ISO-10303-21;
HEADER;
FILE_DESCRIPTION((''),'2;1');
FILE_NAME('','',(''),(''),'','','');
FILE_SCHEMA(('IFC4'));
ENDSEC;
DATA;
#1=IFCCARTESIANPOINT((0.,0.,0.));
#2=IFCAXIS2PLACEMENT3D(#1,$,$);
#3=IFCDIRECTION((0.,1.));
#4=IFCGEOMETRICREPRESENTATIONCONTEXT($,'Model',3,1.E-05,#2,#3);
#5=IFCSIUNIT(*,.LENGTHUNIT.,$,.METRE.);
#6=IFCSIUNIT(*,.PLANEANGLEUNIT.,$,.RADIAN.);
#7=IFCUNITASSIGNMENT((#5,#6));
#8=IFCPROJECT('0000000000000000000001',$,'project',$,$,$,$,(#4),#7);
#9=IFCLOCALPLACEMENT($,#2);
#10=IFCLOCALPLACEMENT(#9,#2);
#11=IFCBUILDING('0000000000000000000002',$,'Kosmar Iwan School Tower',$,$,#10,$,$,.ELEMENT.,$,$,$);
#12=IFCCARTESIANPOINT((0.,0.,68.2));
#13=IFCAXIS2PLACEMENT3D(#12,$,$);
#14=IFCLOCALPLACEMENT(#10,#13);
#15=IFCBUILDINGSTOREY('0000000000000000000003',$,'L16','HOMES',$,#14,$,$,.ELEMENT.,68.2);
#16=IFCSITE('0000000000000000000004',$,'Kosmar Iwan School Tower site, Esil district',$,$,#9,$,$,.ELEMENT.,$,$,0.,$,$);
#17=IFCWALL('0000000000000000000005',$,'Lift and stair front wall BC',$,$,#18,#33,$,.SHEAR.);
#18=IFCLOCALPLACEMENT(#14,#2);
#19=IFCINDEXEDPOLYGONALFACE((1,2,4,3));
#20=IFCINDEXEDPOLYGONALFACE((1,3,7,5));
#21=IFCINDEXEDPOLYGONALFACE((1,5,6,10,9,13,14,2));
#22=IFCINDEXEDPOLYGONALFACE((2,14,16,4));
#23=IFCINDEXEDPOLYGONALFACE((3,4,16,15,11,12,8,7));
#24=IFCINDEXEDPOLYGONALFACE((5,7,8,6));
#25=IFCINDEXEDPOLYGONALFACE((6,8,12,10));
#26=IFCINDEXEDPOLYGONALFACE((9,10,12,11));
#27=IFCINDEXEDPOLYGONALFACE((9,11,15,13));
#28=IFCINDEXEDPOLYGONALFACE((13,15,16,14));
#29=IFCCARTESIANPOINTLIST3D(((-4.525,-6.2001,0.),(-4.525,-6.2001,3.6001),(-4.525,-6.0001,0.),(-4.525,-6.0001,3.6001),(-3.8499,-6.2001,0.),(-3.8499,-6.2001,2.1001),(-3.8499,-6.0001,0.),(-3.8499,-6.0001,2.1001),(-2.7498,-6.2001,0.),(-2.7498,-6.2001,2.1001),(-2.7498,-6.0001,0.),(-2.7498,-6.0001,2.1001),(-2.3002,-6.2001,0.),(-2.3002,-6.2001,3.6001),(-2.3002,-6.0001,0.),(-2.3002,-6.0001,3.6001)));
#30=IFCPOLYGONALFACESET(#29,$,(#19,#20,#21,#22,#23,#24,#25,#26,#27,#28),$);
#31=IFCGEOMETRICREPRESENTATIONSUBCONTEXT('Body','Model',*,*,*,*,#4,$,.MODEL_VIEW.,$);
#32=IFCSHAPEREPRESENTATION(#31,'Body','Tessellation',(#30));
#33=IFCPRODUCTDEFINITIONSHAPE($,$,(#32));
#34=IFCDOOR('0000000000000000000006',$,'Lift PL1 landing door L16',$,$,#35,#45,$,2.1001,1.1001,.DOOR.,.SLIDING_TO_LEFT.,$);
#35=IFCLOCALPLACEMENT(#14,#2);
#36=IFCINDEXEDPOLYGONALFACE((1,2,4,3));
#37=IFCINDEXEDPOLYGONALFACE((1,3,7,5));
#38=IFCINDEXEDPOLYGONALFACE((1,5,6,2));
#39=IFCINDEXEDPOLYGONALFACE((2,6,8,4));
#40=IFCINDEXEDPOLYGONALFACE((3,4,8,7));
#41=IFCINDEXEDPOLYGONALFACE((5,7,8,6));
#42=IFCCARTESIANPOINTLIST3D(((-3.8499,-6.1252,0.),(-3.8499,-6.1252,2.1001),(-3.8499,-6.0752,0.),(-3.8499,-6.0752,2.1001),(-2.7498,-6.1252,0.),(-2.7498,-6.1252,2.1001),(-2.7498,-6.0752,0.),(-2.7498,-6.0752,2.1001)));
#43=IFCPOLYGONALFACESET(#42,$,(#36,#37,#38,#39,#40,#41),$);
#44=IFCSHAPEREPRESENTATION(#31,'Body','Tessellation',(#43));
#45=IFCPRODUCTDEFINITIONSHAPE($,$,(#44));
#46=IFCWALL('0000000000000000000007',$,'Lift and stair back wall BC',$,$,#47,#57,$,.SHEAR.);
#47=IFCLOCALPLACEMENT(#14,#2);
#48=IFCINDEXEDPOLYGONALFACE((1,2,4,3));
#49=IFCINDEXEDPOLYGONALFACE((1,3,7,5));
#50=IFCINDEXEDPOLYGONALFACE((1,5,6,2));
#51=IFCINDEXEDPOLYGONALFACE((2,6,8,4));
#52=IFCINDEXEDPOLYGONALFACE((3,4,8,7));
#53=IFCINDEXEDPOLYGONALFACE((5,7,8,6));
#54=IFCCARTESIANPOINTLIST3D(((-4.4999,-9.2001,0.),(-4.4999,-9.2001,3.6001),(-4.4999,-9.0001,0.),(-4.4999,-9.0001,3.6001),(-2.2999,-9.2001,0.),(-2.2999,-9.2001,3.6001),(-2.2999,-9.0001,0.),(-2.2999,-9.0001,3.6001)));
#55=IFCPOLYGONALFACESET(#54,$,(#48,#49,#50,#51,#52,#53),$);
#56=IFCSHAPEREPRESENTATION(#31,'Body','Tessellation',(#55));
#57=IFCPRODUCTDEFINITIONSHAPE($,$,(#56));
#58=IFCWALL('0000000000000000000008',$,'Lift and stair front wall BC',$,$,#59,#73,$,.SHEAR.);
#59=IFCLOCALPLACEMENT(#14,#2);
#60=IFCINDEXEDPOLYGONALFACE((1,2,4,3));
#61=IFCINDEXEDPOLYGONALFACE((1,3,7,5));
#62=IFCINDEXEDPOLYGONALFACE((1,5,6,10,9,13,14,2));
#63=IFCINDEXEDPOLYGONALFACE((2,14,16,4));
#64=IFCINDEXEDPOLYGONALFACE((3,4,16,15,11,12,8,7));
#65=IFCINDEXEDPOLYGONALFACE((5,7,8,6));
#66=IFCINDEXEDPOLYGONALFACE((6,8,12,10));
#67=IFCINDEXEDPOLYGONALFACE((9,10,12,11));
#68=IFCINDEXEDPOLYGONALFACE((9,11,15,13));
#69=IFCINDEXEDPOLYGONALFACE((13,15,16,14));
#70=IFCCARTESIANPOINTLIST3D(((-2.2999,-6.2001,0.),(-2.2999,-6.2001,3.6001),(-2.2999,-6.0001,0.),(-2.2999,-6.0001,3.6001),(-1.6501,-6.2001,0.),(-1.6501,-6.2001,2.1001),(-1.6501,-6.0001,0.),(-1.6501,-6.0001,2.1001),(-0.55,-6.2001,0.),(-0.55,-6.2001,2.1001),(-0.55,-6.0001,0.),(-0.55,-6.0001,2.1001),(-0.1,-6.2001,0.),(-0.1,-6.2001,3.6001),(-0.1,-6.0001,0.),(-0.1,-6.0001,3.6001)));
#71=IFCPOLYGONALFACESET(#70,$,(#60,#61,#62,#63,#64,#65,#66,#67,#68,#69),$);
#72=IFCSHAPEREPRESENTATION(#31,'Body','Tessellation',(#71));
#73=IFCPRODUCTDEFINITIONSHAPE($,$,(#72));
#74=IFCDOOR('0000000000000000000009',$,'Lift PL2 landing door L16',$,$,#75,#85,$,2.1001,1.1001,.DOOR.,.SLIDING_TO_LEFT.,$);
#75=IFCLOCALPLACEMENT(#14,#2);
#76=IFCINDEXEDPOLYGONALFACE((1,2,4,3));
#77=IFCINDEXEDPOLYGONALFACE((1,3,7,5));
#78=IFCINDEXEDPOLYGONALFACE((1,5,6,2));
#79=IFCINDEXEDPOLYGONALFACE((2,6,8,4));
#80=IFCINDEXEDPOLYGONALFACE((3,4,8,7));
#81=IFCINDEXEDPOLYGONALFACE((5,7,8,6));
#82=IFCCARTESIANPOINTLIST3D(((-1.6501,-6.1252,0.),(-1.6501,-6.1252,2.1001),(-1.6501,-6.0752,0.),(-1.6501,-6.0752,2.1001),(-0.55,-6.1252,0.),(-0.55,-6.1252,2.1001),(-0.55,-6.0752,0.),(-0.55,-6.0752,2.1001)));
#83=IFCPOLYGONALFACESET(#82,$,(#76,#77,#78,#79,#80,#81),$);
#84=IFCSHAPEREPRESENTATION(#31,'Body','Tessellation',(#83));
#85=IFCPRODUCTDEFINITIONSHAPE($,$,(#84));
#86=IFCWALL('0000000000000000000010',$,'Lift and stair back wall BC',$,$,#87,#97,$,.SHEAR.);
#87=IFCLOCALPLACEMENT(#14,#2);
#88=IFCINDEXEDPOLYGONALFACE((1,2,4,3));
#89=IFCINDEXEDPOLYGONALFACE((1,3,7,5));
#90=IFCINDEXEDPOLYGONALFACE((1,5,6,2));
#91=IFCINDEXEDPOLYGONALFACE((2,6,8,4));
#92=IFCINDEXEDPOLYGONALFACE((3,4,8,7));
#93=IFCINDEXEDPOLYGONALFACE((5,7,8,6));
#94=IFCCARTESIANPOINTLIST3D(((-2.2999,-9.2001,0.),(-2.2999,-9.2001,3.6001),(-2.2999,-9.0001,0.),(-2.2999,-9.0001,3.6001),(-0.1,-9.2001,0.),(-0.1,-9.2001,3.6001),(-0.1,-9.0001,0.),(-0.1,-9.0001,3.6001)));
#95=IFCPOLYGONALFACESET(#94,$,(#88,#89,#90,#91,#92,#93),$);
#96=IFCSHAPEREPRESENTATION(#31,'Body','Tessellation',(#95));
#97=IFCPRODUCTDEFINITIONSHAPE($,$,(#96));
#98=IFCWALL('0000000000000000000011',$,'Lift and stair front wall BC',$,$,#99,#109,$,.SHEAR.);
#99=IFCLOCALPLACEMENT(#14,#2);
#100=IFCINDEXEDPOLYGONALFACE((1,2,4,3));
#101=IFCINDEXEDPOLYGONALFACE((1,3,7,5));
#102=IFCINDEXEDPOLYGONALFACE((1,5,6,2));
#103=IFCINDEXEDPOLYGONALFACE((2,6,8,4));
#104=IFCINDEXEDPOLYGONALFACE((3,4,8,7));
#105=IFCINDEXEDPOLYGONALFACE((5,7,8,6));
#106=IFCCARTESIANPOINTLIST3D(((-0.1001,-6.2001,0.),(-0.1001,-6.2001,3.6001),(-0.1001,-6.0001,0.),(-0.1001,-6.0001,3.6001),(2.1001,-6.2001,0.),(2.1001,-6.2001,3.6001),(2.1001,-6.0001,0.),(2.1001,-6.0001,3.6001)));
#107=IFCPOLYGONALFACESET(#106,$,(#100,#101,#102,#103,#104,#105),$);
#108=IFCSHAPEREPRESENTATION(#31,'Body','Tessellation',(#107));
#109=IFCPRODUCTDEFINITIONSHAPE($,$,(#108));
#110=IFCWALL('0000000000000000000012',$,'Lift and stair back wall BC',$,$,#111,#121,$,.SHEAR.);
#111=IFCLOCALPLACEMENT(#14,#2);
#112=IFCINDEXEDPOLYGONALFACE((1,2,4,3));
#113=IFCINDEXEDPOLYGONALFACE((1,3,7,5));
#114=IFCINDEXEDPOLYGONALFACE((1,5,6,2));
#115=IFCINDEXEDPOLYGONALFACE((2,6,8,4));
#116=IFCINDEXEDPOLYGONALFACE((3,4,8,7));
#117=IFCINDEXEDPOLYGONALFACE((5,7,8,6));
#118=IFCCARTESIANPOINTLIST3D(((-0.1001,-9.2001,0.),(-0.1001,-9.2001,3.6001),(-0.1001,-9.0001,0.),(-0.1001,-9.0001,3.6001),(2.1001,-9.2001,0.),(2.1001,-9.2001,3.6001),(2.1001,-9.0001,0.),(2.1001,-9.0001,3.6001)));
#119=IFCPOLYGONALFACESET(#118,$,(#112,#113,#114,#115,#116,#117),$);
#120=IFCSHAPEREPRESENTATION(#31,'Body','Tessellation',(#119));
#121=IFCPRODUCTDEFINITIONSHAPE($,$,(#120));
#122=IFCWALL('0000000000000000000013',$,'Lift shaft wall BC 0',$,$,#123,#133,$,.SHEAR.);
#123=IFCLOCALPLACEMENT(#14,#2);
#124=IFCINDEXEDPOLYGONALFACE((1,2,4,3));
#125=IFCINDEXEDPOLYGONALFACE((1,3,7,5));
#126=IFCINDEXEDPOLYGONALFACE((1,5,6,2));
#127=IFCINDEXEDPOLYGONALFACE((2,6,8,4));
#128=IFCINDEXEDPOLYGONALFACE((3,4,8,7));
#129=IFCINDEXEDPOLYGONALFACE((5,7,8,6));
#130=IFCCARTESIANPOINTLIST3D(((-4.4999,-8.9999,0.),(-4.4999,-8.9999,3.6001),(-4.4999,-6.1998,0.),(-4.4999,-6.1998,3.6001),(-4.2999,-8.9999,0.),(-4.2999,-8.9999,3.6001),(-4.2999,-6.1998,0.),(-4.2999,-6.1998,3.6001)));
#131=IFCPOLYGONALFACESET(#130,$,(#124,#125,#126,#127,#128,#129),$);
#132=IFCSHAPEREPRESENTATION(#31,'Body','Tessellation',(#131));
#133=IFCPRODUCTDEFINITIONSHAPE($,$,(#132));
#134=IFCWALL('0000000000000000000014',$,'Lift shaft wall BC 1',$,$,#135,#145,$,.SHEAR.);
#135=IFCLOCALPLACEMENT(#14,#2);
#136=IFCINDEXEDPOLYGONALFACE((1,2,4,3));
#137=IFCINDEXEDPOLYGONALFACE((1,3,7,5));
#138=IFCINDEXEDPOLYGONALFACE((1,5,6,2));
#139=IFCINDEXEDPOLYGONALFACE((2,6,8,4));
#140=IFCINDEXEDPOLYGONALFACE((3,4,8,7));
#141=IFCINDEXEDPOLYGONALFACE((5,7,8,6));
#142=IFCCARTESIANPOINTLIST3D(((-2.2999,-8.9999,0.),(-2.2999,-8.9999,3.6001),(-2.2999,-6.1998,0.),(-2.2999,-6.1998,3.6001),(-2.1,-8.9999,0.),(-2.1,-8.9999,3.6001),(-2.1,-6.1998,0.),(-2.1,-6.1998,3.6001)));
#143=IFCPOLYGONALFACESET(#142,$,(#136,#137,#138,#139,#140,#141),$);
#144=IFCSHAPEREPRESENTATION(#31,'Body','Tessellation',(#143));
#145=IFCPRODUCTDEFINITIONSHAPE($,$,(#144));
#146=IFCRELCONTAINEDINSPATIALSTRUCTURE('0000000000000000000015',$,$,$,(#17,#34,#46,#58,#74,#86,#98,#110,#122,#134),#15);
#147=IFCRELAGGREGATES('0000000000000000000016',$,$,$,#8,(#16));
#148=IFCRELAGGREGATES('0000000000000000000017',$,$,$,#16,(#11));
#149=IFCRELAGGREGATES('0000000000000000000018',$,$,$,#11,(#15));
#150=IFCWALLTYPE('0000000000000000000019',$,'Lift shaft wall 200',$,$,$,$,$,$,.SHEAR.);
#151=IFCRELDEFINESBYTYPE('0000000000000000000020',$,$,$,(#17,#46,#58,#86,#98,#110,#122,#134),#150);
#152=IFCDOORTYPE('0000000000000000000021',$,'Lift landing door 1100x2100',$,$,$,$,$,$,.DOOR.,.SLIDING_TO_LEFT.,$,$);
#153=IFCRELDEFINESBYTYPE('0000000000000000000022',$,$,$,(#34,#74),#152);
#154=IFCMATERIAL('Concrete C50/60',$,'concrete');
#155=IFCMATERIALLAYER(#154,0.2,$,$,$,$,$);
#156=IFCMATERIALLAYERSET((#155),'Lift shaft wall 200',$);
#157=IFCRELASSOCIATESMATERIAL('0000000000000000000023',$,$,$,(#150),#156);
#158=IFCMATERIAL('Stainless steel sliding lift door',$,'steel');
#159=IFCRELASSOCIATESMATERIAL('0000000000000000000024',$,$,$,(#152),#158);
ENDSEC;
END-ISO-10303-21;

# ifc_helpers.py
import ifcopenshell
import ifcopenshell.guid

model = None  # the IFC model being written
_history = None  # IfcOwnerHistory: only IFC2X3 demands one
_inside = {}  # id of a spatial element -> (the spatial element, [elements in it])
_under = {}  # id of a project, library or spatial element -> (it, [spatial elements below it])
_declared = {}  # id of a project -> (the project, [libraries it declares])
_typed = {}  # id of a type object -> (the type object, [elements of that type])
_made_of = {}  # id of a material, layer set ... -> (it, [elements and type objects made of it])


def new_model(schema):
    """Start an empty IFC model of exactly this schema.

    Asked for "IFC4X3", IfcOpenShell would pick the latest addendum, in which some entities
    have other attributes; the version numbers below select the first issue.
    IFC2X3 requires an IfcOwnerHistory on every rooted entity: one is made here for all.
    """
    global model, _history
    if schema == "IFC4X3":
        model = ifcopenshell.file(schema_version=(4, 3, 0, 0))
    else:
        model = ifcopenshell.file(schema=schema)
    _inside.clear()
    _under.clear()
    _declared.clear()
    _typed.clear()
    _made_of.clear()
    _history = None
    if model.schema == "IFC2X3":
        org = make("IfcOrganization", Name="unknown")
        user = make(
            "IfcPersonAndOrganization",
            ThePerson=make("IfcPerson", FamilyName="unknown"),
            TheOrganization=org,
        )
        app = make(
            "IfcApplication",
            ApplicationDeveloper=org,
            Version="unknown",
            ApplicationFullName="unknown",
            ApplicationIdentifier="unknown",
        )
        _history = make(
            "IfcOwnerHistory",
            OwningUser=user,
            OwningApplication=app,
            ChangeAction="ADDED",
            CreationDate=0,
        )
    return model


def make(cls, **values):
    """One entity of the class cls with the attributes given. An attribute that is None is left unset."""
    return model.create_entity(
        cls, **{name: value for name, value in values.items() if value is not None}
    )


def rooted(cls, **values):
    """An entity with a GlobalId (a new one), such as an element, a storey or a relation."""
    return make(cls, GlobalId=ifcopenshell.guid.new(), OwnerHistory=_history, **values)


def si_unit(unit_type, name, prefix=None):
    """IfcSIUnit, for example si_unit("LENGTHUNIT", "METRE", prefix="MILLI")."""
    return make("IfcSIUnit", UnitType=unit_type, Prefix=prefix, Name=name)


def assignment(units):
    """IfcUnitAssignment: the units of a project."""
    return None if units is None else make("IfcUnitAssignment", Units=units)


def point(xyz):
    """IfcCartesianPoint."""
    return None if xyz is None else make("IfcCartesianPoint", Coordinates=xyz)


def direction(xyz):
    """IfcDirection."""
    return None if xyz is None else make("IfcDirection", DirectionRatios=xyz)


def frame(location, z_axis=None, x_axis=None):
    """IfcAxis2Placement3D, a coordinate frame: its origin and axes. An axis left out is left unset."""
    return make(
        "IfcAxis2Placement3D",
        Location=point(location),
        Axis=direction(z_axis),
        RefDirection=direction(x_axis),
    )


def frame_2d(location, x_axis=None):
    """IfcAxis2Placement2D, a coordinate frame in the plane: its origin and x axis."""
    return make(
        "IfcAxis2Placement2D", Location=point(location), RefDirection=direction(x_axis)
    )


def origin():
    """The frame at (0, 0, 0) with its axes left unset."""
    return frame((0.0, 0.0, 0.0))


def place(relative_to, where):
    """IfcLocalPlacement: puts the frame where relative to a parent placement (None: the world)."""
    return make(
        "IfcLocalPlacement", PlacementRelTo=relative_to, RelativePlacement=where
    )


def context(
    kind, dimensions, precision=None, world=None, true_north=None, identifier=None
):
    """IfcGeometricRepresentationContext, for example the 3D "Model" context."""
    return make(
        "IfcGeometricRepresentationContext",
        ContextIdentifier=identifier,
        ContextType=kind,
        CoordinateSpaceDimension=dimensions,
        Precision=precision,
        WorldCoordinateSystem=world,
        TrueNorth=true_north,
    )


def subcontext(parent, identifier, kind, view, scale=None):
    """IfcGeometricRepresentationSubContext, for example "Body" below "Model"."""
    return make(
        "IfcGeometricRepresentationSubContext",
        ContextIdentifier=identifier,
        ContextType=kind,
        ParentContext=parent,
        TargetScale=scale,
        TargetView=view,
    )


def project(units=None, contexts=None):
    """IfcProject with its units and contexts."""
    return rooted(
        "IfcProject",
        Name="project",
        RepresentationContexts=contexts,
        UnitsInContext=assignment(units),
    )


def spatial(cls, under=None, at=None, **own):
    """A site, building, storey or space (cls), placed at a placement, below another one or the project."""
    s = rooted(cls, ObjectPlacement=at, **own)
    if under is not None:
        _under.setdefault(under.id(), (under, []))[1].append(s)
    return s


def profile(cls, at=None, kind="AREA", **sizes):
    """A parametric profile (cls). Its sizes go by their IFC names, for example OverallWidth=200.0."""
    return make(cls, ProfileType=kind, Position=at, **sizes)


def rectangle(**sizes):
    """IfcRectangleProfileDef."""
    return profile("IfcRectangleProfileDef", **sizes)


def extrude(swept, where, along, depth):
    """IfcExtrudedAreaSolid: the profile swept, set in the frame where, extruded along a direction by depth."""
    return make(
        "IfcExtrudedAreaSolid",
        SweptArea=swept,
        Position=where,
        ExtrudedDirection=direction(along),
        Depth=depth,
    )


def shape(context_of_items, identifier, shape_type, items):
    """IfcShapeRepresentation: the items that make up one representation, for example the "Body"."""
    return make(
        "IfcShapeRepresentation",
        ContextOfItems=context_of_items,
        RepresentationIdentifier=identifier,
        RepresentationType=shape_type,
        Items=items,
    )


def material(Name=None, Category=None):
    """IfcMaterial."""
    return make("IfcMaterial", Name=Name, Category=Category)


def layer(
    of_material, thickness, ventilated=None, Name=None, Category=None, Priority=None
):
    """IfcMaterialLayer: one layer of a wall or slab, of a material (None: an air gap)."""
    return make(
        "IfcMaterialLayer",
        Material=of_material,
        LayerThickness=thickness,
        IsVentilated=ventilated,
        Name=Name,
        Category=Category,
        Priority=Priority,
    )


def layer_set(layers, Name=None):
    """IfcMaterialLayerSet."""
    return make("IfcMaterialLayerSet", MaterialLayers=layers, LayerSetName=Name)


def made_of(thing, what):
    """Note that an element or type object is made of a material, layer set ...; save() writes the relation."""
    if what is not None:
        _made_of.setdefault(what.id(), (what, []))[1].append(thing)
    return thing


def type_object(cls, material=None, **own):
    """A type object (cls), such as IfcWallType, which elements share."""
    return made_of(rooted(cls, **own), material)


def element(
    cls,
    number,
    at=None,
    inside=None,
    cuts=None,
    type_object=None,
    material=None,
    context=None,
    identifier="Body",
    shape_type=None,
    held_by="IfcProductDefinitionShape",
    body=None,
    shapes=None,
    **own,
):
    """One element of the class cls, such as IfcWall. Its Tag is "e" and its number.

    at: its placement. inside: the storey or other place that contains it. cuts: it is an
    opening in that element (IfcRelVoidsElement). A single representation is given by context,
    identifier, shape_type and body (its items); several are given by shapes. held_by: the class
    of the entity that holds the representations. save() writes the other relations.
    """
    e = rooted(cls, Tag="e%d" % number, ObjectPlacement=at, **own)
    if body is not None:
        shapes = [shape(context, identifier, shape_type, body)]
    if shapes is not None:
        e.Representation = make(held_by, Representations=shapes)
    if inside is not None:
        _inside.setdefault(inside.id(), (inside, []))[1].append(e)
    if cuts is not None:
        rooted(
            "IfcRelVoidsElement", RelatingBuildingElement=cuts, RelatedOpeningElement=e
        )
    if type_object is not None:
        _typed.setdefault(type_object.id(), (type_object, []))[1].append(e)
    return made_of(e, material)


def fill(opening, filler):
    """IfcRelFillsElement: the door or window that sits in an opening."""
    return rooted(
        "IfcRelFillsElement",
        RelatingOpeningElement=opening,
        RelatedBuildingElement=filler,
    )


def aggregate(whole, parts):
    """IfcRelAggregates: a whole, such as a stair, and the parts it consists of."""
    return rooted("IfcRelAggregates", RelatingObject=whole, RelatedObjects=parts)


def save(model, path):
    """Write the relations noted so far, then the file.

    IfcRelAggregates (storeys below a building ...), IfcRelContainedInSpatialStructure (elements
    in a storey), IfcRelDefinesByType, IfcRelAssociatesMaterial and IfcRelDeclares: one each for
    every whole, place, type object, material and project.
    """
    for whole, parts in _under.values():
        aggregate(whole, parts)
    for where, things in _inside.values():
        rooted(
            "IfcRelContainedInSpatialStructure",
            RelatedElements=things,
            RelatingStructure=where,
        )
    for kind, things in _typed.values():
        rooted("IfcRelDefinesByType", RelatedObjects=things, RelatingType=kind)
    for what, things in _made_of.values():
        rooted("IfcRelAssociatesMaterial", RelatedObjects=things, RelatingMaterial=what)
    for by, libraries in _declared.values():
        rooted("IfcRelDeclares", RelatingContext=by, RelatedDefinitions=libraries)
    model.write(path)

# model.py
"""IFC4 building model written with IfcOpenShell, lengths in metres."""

from ifc_helpers import new_model, si_unit, direction, frame, frame_2d, origin, place, context, subcontext, project, spatial, rectangle, extrude, material, layer, layer_set, type_object, element, fill, save


model = new_model("IFC4")

# Units and contexts
model_context = context("Model", 3, precision=1e-05, world=origin(), true_north=direction((0.0, 1.0)))
body_context = subcontext(model_context, "Body", "Model", "MODEL_VIEW")
ifc_project = project(units=[si_unit("LENGTHUNIT", "METRE"), si_unit("PLANEANGLEUNIT", "RADIAN")], contexts=[model_context])

# Site, building, storey
site_placement = place(None, origin())
site = spatial("IfcSite", under=ifc_project, at=site_placement, Name="Kosmar Iwan School Tower site, Esil district", CompositionType="ELEMENT", RefElevation=0.0)
building_placement = place(site_placement, origin())
building = spatial("IfcBuilding", under=site, at=building_placement, Name="Kosmar Iwan School Tower", CompositionType="ELEMENT")
storey_placement = place(building_placement, frame((0.0, 0.0, 68.2)))
storey = spatial("IfcBuildingStorey", under=building, at=storey_placement, Name="L16", Description="HOMES", CompositionType="ELEMENT", Elevation=68.2)

# Wall, opening, door
ifc_material_1 = material(Name="Concrete C50/60", Category="concrete")
ifc_layer_1 = layer(ifc_material_1, 0.2)
ifc_layer_set_1 = layer_set([ifc_layer_1], Name="Lift shaft wall 200")
wall_type_1 = type_object("IfcWallType", Name="Lift shaft wall 200", PredefinedType="SHEAR", material=ifc_layer_set_1)
wall_1_placement = place(storey_placement, frame((-4.5249, -6.1001, 0.0), z_axis=(0.0, 0.0, 1.0), x_axis=(1.0, 0.0, 0.0)))
wall_1 = element("IfcWall", 1, at=wall_1_placement, inside=storey, type_object=wall_type_1, Name="Lift and stair front wall BC", PredefinedType="SHEAR", context=body_context, shape_type="SweptSolid", body=[
    extrude(rectangle(XDim=2.2249, YDim=0.2, at=frame_2d((1.1123, 0.0))), origin(), (0.0, 0.0, 1.0), 3.6001),
])
opening_1_placement = place(wall_1_placement, frame((0.675, 0.0, 0.0)))
opening_1 = element("IfcOpeningElement", 2, at=opening_1_placement, cuts=wall_1, PredefinedType="OPENING", context=body_context, shape_type="SweptSolid", body=[
    extrude(rectangle(XDim=1.1001, YDim=2.1001, at=frame_2d((0.55, 1.05))), frame((0.0, 0.1121, 0.0), z_axis=(0.0, -1.0, 0.0), x_axis=(1.0, 0.0, 0.0)), (0.0, 0.0, 1.0), 0.2239),
])
ifc_material_2 = material(Name="Stainless steel sliding lift door", Category="steel")
door_type_1 = type_object("IfcDoorType", Name="Lift landing door 1100x2100", OperationType="SLIDING_TO_LEFT", PredefinedType="DOOR", material=ifc_material_2)
door_1_placement = place(opening_1_placement, origin())
door_1 = element("IfcDoor", 3, at=door_1_placement, inside=storey, type_object=door_type_1, Name="Lift PL1 landing door L16", OperationType="SLIDING_TO_LEFT", OverallHeight=2.1001, OverallWidth=1.1001, PredefinedType="DOOR", context=body_context, shape_type="SweptSolid", body=[
    extrude(rectangle(XDim=1.1001, YDim=2.1001, at=frame_2d((0.55, 1.05))), frame((0.0, 0.0249, 0.0), z_axis=(0.0, -1.0, 0.0), x_axis=(1.0, 0.0, 0.0)), (0.0, 0.0, 1.0), 0.05),
])
fill(opening_1, door_1)

# Wall
wall_2_placement = place(storey_placement, frame((-4.5, -9.1001, 0.0), z_axis=(0.0, 0.0, 1.0), x_axis=(1.0, 0.0, 0.0)))
element("IfcWall", 4, at=wall_2_placement, inside=storey, type_object=wall_type_1, Name="Lift and stair back wall BC", PredefinedType="SHEAR", context=body_context, shape_type="SweptSolid", body=[
    extrude(rectangle(XDim=2.2, YDim=0.2, at=frame_2d((1.1001, 0.0))), origin(), (0.0, 0.0, 1.0), 3.6001),
])

# Wall, opening, door
wall_3_placement = place(storey_placement, frame((-2.3, -6.1001, 0.0), z_axis=(0.0, 0.0, 1.0), x_axis=(1.0, 0.0, 0.0)))
wall_3 = element("IfcWall", 5, at=wall_3_placement, inside=storey, type_object=wall_type_1, Name="Lift and stair front wall BC", PredefinedType="SHEAR", context=body_context, shape_type="SweptSolid", body=[
    extrude(rectangle(XDim=2.2, YDim=0.2, at=frame_2d((1.1001, 0.0))), origin(), (0.0, 0.0, 1.0), 3.6001),
])
opening_2_placement = place(wall_3_placement, frame((0.6499, 0.0, 0.0)))
opening_2 = element("IfcOpeningElement", 6, at=opening_2_placement, cuts=wall_3, PredefinedType="OPENING", context=body_context, shape_type="SweptSolid", body=[
    extrude(rectangle(XDim=1.1001, YDim=2.1001, at=frame_2d((0.55, 1.05))), frame((0.0, 0.1121, 0.0), z_axis=(0.0, -1.0, 0.0), x_axis=(1.0, 0.0, 0.0)), (0.0, 0.0, 1.0), 0.2239),
])
door_2_placement = place(opening_2_placement, origin())
door_2 = element("IfcDoor", 7, at=door_2_placement, inside=storey, type_object=door_type_1, Name="Lift PL2 landing door L16", OperationType="SLIDING_TO_LEFT", OverallHeight=2.1001, OverallWidth=1.1001, PredefinedType="DOOR", context=body_context, shape_type="SweptSolid", body=[
    extrude(rectangle(XDim=1.1001, YDim=2.1001, at=frame_2d((0.55, 1.05))), frame((0.0, 0.0249, 0.0), z_axis=(0.0, -1.0, 0.0), x_axis=(1.0, 0.0, 0.0)), (0.0, 0.0, 1.0), 0.05),
])
fill(opening_2, door_2)

# Walls
wall_4_placement = place(storey_placement, frame((-2.3, -9.1001, 0.0), z_axis=(0.0, 0.0, 1.0), x_axis=(1.0, 0.0, 0.0)))
element("IfcWall", 8, at=wall_4_placement, inside=storey, type_object=wall_type_1, Name="Lift and stair back wall BC", PredefinedType="SHEAR", context=body_context, shape_type="SweptSolid", body=[
    extrude(rectangle(XDim=2.2, YDim=0.2, at=frame_2d((1.1001, 0.0))), origin(), (0.0, 0.0, 1.0), 3.6001),
])
for number, where, z_axis, x_axis, name in (
    (9, (-0.1001, -6.1001, 0.0), (0.0, 0.0, 1.0), (1.0, 0.0, 0.0), "Lift and stair front wall BC"),
    (10, (-0.1001, -9.1001, 0.0), (0.0, 0.0, 1.0), (1.0, 0.0, 0.0), "Lift and stair back wall BC"),
):
    element("IfcWall", number, at=place(storey_placement, frame(where, z_axis=z_axis, x_axis=x_axis)), inside=storey, type_object=wall_type_1, Name=name, PredefinedType="SHEAR", context=body_context, shape_type="SweptSolid", body=[
        extrude(rectangle(XDim=2.2002, YDim=0.2, at=frame_2d((1.1001, 0.0))), origin(), (0.0, 0.0, 1.0), 3.6001),
    ])
for number, where, z_axis, x_axis, name in (
    (11, (-4.3999, -6.2, 0.0), (0.0, 0.0, 1.0), (0.0, -1.0, 0.0), "Lift shaft wall BC 0"),
    (12, (-2.2, -6.2, 0.0), (0.0, 0.0, 1.0), (0.0, -1.0, 0.0), "Lift shaft wall BC 1"),
):
    element("IfcWall", number, at=place(storey_placement, frame(where, z_axis=z_axis, x_axis=x_axis)), inside=storey, type_object=wall_type_1, Name=name, PredefinedType="SHEAR", context=body_context, shape_type="SweptSolid", body=[
        extrude(rectangle(XDim=2.8, YDim=0.2, at=frame_2d((1.3999, 0.0))), origin(), (0.0, 0.0, 1.0), 3.6001),
    ])

save(model, "model.ifc")
